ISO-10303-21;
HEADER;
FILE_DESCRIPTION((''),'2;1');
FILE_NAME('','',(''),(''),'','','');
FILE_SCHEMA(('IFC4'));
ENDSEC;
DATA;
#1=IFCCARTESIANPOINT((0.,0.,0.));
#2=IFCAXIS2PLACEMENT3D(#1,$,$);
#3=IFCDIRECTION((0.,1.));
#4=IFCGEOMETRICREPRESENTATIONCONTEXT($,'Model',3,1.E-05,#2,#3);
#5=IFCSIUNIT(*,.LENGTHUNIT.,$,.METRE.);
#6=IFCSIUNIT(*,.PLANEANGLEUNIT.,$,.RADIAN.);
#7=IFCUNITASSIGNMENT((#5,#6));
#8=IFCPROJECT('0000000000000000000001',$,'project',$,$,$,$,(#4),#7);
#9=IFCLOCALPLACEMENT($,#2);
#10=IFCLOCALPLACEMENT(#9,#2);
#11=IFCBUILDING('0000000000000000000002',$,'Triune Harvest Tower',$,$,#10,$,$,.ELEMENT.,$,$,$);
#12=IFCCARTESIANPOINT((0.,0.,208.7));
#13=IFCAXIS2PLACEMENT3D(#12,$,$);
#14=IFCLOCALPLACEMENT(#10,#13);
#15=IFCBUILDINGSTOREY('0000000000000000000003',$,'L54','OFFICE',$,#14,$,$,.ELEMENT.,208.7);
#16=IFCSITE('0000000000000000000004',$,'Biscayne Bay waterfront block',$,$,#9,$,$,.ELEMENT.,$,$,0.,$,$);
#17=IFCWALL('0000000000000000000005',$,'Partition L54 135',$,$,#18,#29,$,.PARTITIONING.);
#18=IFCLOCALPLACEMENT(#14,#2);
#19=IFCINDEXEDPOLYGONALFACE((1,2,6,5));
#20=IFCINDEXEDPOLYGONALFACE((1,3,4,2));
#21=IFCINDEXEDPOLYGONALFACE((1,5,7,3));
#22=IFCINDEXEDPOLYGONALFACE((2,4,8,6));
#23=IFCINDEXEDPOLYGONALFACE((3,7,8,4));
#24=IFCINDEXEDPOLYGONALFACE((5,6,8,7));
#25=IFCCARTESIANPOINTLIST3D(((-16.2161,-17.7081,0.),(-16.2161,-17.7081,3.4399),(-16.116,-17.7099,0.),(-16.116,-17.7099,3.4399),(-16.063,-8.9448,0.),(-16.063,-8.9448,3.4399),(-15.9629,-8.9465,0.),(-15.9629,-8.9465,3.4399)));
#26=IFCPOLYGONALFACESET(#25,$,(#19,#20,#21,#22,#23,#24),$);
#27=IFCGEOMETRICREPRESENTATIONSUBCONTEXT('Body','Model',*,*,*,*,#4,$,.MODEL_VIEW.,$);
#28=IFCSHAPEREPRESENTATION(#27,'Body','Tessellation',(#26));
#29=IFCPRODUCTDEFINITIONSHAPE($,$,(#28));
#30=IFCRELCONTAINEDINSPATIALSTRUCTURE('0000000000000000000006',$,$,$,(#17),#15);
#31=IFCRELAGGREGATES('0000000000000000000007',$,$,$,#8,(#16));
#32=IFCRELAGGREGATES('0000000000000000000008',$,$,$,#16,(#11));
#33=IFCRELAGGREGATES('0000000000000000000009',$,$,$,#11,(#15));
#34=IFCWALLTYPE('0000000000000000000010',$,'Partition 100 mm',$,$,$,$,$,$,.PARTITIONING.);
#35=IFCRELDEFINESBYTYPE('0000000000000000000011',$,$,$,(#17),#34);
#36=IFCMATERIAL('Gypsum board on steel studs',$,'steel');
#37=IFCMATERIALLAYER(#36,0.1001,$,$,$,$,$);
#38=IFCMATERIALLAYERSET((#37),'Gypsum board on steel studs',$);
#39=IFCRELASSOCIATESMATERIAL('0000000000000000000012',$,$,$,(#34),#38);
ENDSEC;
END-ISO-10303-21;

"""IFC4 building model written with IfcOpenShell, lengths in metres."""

from ifc_helpers import new_model, si_unit, direction, frame, frame_2d, origin, place, context, subcontext, project, spatial, rectangle, extrude, source, transform, mapped, material, layer, layer_set, type_object, element, save


model = new_model("IFC4")

# Units and contexts
model_context = context("Model", 3, precision=1e-05, world=origin(), true_north=direction((0.0, 1.0)))
body_context = subcontext(model_context, "Body", "Model", "MODEL_VIEW")
ifc_project = project(units=[si_unit("LENGTHUNIT", "METRE"), si_unit("PLANEANGLEUNIT", "RADIAN")], contexts=[model_context])

# Site, building, storey
site_placement = place(None, origin())
site = spatial("IfcSite", under=ifc_project, at=site_placement, Name="Biscayne Bay waterfront block", CompositionType="ELEMENT", RefElevation=0.0)
building_placement = place(site_placement, origin())
building = spatial("IfcBuilding", under=site, at=building_placement, Name="Triune Harvest Tower", CompositionType="ELEMENT")
storey_placement = place(building_placement, frame((0.0, 0.0, 208.7)))
storey = spatial("IfcBuildingStorey", under=building, at=storey_placement, Name="L54", Description="OFFICE", CompositionType="ELEMENT", Elevation=208.7)

# Shared definitions
ifc_material_1 = material(Name="Gypsum board on steel studs", Category="steel")
ifc_layer_1 = layer(ifc_material_1, 0.1001)
ifc_layer_set_1 = layer_set([ifc_layer_1], Name="Gypsum board on steel studs")
wall_type_1 = type_object("IfcWallType", Name="Partition 100 mm", PredefinedType="PARTITIONING", material=ifc_layer_set_1)

# Wall
shared_shape_1 = source(origin(), body_context, "Body", "SweptSolid", [
    extrude(rectangle(XDim=8.7646, YDim=0.1001, at=frame_2d((4.3823, 0.0))), origin(), (0.0, 0.0, 1.0), 3.4399),
])
wall_1_placement = place(storey_placement, frame((-16.166, -17.709, 0.0), z_axis=(0.0, 0.0, 1.0), x_axis=(0.017465, 0.999847, 0.0)))
element("IfcWall", 1, at=wall_1_placement, inside=storey, type_object=wall_type_1, Name="Partition L54 135", PredefinedType="PARTITIONING", context=body_context, shape_type="MappedRepresentation", body=[
    mapped(shared_shape_1, transform((0.0, 0.0, 0.0), scale=1.0)),
])

save(model, "model.ifc")
